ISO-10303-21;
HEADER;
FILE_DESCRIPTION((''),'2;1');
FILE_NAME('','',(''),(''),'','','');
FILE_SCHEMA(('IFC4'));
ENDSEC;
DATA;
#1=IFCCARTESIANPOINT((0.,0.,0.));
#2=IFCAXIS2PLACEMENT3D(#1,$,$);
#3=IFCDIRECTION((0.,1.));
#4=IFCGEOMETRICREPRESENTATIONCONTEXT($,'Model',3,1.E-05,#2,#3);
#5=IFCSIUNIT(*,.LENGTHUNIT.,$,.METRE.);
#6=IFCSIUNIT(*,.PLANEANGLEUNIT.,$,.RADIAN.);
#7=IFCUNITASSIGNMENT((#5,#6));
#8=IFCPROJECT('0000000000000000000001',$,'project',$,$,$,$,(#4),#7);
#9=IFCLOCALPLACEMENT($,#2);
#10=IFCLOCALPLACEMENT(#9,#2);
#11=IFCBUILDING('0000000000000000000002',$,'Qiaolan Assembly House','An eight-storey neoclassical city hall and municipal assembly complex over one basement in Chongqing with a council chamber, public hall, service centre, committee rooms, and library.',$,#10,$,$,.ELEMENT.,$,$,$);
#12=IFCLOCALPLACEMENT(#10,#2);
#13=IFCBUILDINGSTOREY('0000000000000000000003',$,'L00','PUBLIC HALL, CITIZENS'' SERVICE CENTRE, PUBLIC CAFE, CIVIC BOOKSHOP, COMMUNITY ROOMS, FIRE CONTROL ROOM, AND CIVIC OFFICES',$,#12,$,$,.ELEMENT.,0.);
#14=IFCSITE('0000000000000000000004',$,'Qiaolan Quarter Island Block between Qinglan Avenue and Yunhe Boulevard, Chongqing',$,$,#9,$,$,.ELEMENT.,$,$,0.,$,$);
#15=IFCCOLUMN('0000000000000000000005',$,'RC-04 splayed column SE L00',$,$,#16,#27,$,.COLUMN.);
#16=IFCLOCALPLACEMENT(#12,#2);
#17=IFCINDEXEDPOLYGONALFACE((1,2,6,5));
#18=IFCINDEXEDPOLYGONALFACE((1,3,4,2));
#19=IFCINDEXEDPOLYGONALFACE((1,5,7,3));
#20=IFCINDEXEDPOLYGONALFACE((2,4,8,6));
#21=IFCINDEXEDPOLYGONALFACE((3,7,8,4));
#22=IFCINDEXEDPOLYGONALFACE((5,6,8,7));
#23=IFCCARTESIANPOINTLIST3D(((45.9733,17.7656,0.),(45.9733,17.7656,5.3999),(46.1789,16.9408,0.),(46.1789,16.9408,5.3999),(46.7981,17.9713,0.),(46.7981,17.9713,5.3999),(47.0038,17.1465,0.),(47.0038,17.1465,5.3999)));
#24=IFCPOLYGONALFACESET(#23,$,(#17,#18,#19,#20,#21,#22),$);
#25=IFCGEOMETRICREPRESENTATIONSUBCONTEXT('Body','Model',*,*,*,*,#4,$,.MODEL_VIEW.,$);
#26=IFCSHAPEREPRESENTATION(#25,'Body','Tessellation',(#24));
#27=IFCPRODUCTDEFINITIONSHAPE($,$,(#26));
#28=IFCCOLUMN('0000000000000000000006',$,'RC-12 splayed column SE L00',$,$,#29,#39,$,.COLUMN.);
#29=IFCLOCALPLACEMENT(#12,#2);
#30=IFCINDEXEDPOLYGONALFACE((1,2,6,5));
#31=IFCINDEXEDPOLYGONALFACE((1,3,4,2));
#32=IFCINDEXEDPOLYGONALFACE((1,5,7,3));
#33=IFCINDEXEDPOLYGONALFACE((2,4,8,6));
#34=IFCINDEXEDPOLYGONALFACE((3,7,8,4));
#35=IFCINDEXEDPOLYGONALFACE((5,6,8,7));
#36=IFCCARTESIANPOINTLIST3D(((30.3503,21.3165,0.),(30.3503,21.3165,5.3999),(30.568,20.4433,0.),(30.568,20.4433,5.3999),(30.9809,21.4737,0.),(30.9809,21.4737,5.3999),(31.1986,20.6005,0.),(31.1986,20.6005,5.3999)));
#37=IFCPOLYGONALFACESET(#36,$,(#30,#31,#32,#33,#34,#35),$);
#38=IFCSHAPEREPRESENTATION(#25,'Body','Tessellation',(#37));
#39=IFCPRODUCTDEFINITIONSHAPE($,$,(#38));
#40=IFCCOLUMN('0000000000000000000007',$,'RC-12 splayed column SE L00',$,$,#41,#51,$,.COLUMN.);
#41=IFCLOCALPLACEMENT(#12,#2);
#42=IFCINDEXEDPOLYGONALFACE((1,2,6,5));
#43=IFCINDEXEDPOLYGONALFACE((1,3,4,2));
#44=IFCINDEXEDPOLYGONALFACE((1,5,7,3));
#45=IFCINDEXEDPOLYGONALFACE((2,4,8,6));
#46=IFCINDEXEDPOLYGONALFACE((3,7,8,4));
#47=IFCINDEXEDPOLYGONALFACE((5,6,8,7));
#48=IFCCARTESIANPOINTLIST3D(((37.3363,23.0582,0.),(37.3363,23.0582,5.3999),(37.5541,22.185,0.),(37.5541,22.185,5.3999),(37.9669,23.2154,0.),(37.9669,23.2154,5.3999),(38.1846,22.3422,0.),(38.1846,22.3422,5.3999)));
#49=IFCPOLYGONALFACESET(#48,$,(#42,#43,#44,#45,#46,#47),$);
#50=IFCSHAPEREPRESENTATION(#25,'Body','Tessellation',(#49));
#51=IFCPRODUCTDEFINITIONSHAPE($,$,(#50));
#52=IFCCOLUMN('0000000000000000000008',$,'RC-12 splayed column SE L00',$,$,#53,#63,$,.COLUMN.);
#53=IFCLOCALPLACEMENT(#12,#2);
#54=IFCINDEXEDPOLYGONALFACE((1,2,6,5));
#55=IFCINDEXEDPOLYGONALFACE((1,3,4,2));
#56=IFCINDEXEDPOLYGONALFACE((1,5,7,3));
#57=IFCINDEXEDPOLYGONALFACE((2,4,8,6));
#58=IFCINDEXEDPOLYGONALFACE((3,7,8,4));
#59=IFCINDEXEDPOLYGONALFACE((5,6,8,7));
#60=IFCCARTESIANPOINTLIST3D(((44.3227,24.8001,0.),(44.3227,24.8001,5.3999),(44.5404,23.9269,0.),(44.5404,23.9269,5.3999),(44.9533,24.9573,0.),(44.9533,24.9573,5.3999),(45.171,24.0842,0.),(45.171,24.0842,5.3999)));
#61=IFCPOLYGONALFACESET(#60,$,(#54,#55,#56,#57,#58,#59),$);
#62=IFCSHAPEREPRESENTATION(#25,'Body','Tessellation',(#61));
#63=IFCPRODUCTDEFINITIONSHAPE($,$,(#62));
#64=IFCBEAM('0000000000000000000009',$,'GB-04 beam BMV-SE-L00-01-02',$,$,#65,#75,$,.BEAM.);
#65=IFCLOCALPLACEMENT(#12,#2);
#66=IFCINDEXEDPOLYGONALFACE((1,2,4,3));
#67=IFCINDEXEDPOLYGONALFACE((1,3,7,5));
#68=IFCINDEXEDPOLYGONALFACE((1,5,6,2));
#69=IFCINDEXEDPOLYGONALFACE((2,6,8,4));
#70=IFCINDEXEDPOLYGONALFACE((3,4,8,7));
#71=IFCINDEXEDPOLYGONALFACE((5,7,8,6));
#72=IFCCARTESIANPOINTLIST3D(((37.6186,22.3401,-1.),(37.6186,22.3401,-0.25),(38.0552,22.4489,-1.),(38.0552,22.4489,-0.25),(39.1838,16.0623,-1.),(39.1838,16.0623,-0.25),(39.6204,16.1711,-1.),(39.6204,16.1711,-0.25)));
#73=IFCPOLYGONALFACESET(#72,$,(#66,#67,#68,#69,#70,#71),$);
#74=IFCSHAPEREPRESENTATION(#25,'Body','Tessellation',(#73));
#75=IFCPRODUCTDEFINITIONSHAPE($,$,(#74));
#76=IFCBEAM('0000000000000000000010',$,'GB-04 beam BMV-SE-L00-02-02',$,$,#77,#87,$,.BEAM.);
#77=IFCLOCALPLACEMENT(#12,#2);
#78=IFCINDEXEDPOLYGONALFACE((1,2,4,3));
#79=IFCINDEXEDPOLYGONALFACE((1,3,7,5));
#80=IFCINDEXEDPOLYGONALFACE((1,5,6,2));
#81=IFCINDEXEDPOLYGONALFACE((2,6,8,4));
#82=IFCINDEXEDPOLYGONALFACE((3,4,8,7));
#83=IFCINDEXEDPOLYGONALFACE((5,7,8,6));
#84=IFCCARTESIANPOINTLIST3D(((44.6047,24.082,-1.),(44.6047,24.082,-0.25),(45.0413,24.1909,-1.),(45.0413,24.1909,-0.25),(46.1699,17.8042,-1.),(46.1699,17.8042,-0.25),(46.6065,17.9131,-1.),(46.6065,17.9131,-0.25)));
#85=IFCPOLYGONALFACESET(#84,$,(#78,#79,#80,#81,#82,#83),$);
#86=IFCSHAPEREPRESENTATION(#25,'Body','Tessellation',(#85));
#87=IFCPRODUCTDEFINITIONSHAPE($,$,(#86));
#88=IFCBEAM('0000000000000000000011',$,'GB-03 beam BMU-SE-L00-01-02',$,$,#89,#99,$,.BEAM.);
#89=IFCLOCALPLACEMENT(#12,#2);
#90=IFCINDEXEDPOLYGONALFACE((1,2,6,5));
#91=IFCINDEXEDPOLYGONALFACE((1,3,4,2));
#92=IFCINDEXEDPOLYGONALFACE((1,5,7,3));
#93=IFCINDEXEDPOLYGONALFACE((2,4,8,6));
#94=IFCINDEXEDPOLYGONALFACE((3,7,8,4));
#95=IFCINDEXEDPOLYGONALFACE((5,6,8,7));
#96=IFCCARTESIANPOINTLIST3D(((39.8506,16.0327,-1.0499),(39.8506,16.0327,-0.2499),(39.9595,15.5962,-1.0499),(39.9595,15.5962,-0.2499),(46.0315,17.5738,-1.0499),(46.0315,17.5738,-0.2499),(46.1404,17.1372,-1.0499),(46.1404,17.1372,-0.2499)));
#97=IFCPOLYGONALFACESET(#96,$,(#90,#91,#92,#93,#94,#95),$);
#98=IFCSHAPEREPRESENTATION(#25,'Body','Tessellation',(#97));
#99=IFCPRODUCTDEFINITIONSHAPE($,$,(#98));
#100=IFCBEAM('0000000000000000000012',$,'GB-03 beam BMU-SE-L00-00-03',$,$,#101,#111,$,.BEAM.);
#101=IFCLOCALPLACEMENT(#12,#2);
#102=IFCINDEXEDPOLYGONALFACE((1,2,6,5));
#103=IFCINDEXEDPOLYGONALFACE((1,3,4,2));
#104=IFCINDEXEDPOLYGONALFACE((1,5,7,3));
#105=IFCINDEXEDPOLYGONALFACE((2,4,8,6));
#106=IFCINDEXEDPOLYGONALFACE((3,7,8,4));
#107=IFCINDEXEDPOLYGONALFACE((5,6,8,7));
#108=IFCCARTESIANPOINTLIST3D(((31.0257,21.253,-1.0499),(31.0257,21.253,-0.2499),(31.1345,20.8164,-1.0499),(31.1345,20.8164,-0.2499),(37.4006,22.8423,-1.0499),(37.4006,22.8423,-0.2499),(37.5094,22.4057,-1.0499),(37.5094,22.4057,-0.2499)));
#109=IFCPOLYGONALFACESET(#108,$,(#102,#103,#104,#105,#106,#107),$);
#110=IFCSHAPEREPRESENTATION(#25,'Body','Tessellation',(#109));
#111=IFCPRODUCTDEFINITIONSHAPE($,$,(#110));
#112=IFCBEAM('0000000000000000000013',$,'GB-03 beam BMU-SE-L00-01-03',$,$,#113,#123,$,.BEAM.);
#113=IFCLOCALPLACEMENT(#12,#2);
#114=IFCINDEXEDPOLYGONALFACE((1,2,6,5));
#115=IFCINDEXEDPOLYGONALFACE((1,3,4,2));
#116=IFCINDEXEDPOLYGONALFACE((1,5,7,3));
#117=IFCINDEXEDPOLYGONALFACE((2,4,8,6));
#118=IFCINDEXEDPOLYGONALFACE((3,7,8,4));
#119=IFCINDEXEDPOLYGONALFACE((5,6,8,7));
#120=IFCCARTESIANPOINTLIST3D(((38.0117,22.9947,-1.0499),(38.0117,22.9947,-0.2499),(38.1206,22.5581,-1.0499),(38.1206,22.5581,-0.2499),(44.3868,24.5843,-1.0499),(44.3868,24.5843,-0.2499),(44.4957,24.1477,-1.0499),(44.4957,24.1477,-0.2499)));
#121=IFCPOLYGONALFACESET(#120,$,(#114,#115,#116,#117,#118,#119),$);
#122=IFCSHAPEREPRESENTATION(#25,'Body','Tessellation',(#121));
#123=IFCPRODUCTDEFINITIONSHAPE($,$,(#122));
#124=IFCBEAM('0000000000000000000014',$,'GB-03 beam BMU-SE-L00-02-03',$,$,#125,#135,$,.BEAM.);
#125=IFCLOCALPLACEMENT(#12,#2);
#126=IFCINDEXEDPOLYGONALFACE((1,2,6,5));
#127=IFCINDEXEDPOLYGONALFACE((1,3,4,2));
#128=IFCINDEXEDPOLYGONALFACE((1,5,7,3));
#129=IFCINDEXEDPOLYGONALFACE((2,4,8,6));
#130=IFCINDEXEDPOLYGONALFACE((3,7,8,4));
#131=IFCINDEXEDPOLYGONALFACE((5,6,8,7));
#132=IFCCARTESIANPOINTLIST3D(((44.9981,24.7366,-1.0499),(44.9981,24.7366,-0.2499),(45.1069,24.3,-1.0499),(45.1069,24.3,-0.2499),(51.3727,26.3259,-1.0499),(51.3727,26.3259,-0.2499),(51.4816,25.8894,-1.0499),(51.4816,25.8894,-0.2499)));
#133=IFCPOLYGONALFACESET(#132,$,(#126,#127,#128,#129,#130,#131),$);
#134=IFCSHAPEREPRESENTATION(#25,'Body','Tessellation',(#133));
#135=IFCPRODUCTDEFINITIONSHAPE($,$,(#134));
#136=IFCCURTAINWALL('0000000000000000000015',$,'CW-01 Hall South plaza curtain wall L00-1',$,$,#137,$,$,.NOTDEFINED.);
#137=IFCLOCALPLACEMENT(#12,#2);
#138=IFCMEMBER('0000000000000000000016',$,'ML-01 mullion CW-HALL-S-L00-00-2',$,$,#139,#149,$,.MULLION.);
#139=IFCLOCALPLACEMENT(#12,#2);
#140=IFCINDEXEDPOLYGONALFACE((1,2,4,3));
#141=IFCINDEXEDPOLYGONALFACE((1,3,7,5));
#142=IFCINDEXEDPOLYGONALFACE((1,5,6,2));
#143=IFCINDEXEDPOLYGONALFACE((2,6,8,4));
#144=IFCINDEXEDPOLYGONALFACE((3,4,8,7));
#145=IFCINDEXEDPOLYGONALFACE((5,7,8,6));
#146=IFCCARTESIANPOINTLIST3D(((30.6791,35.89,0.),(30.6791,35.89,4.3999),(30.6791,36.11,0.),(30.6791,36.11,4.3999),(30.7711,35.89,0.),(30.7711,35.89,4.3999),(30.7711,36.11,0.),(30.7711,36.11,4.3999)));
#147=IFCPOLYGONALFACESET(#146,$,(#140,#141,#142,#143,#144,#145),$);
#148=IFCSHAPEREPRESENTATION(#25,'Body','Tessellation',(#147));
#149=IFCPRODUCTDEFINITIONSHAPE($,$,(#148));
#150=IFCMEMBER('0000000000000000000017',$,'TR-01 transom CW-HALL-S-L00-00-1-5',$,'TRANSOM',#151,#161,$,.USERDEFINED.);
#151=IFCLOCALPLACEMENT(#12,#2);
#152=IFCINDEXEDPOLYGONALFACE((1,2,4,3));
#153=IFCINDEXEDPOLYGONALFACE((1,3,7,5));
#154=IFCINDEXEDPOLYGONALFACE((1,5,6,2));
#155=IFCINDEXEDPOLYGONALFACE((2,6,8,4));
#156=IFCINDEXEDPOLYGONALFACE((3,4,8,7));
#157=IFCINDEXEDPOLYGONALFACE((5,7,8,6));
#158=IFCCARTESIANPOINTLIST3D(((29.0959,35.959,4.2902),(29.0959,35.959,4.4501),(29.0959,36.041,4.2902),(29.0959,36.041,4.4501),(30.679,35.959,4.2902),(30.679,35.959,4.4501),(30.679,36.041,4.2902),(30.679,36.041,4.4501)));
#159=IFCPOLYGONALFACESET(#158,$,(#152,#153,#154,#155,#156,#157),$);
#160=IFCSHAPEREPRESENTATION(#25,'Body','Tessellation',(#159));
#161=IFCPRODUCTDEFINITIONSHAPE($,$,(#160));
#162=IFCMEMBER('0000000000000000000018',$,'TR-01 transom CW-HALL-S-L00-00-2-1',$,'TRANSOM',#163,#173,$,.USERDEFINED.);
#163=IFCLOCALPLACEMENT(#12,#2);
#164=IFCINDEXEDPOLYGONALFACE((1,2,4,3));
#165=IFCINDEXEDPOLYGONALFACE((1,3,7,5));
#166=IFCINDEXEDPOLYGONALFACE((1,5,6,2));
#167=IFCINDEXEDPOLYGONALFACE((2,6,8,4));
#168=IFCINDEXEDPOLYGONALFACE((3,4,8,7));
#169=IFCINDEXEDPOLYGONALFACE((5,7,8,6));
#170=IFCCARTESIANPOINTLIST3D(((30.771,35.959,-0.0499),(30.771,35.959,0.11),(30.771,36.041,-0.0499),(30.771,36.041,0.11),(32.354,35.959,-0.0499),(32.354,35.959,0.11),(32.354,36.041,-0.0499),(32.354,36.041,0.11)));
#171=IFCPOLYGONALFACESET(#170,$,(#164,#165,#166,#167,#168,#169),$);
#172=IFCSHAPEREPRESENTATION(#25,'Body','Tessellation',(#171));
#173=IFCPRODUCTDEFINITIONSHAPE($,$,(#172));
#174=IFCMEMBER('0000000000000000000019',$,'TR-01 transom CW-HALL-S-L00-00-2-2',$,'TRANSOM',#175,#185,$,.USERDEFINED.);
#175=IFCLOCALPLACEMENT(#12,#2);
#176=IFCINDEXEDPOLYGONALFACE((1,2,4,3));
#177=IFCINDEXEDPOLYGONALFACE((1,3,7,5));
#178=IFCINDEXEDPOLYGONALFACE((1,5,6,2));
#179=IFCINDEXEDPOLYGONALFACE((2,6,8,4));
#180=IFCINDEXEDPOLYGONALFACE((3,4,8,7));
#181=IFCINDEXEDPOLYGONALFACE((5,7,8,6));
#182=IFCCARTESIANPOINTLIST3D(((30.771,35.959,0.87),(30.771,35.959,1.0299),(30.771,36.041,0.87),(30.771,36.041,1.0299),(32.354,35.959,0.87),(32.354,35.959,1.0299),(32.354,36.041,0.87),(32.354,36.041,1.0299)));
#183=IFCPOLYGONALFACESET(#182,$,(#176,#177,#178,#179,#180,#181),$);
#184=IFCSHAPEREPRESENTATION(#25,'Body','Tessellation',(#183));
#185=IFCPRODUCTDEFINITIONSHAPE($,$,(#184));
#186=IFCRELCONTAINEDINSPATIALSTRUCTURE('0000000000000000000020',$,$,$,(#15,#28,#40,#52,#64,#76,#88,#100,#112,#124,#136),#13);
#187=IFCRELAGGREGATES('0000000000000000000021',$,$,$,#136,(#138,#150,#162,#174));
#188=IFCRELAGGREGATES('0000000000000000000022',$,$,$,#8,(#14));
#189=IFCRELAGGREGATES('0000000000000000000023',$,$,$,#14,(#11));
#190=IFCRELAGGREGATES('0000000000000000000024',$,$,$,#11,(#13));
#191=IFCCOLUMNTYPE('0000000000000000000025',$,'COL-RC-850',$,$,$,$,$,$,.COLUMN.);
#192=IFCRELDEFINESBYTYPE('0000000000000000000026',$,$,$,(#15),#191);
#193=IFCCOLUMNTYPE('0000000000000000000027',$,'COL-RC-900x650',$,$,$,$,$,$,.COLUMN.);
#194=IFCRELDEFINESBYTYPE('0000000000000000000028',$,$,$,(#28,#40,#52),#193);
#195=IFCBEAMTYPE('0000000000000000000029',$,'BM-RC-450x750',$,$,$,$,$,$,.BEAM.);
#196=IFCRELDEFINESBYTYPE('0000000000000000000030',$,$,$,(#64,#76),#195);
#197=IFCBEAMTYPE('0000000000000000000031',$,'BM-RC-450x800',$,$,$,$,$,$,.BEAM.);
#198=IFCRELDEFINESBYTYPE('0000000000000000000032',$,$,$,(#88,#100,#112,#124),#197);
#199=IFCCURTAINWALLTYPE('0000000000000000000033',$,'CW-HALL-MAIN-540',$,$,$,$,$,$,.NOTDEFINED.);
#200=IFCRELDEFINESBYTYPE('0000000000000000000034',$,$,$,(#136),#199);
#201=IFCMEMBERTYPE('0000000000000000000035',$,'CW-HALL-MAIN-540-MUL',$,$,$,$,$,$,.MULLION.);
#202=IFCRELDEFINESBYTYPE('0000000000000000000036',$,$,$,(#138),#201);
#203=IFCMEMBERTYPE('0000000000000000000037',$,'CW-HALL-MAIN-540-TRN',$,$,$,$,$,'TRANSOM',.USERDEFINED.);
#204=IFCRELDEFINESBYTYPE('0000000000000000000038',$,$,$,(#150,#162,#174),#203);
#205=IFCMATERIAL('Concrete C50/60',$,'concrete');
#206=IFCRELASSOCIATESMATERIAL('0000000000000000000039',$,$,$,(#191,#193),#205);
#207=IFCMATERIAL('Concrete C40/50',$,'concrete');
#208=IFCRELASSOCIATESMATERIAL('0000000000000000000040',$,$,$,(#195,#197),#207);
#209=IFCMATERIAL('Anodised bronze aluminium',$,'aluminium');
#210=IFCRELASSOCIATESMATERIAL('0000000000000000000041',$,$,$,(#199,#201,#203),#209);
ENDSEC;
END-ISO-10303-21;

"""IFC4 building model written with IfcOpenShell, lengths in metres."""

from ifc_helpers import new_model, si_unit, direction, frame, origin, origin_2d, place, context, subcontext, project, spatial, rectangle, extrude, material, material_profile, profile_set, type_object, element, aggregate, save


model = new_model("IFC4")

# Units and contexts
model_context = context("Model", 3, precision=1e-05, world=origin(), true_north=direction((0.0, 1.0)))
body_context = subcontext(model_context, "Body", "Model", "MODEL_VIEW")
ifc_project = project(units=[si_unit("LENGTHUNIT", "METRE"), si_unit("PLANEANGLEUNIT", "RADIAN")], contexts=[model_context])

# Site, building, storey
site_placement = place(None, origin())
site = spatial("IfcSite", under=ifc_project, at=site_placement, Name="Qiaolan Quarter Island Block between Qinglan Avenue and Yunhe Boulevard, Chongqing", CompositionType="ELEMENT", RefElevation=0.0)
building_placement = place(site_placement, origin())
building = spatial("IfcBuilding", under=site, at=building_placement, Name="Qiaolan Assembly House", Description="An eight-storey neoclassical city hall and municipal assembly complex over one basement in Chongqing with a council chamber, public hall, service centre, committee rooms, and library.", CompositionType="ELEMENT")
storey_placement = place(building_placement, origin())
storey = spatial("IfcBuildingStorey", under=building, at=storey_placement, Name="L00", Description="PUBLIC HALL, CITIZENS' SERVICE CENTRE, PUBLIC CAFE, CIVIC BOOKSHOP, COMMUNITY ROOMS, FIRE CONTROL ROOM, AND CIVIC OFFICES", CompositionType="ELEMENT", Elevation=0.0)

# Columns
ifc_material_1 = material(Name="Concrete C50/60", Category="concrete")
ifc_material_profile_1 = material_profile(ifc_material_1, rectangle(XDim=0.8501, YDim=0.8501, at=origin_2d()), Name="RC 850x850")
ifc_profile_set_1 = profile_set([ifc_material_profile_1], Name="Concrete C50/60")
column_type_1 = type_object("IfcColumnType", Name="COL-RC-850", PredefinedType="COLUMN", material=ifc_profile_set_1)
column_placement = place(storey_placement, frame((46.4885, 17.4561, 0.0), z_axis=(0.0, 0.0, 1.0), x_axis=(0.970296, 0.241922, 0.0)))
element("IfcColumn", 1, at=column_placement, inside=storey, type_object=column_type_1, Name="RC-04 splayed column SE L00", PredefinedType="COLUMN", context=body_context, shape_type="SweptSolid", body=[
    extrude(rectangle(XDim=0.8501, YDim=0.8501, at=origin_2d()), origin(), (0.0, 0.0, 1.0), 5.3999),
])
ifc_material_profile_2 = material_profile(ifc_material_1, rectangle(XDim=0.6499, YDim=0.8999, at=origin_2d()), Name="RC 900x650")
ifc_profile_set_2 = profile_set([ifc_material_profile_2], Name="Concrete C50/60")
column_type_2 = type_object("IfcColumnType", Name="COL-RC-900x650", PredefinedType="COLUMN", material=ifc_profile_set_2)
for number, where, z_axis, x_axis, name in (
    (2, (30.7744, 20.9585, 0.0), (0.0, 0.0, 1.0), (0.970296, 0.241922, 0.0), "RC-12 splayed column SE L00"),
    (3, (37.7605, 22.7002, 0.0), (0.0, 0.0, 1.0), (0.970296, 0.241922, 0.0), "RC-12 splayed column SE L00"),
    (4, (44.7468, 24.4421, 0.0), (0.0, 0.0, 1.0), (0.970296, 0.241922, 0.0), "RC-12 splayed column SE L00"),
):
    element("IfcColumn", number, at=place(storey_placement, frame(where, z_axis=z_axis, x_axis=x_axis)), inside=storey, type_object=column_type_2, Name=name, PredefinedType="COLUMN", context=body_context, shape_type="SweptSolid", body=[
        extrude(rectangle(XDim=0.6499, YDim=0.8999, at=origin_2d()), origin(), (0.0, 0.0, 1.0), 5.3999),
    ])

# Beams
ifc_material_2 = material(Name="Concrete C40/50", Category="concrete")
ifc_material_profile_3 = material_profile(ifc_material_2, rectangle(XDim=0.45, YDim=0.75, at=origin_2d()), Name="RCB 450x750")
ifc_profile_set_3 = profile_set([ifc_material_profile_3], Name="Concrete C40/50")
beam_type_1 = type_object("IfcBeamType", Name="BM-RC-450x750", PredefinedType="BEAM", material=ifc_profile_set_3)
for number, where, z_axis, x_axis, name in (
    (5, (39.4021, 16.1167, -0.625), (-0.241914, 0.970298, 0.0), (-0.970298, -0.241914, 0.0), "GB-04 beam BMV-SE-L00-01-02"),
    (6, (46.3882, 17.8586, -0.625), (-0.241914, 0.970298, 0.0), (-0.970298, -0.241914, 0.0), "GB-04 beam BMV-SE-L00-02-02"),
):
    element("IfcBeam", number, at=place(storey_placement, frame(where, z_axis=z_axis, x_axis=x_axis)), inside=storey, type_object=beam_type_1, Name=name, PredefinedType="BEAM", context=body_context, shape_type="SweptSolid", body=[
        extrude(rectangle(XDim=0.45, YDim=0.75, at=origin_2d()), origin(), (0.0, 0.0, 1.0), 6.47),
    ])
ifc_material_profile_4 = material_profile(ifc_material_2, rectangle(XDim=0.45, YDim=0.8, at=origin_2d()), Name="RCB 450x800")
ifc_profile_set_4 = profile_set([ifc_material_profile_4], Name="Concrete C40/50")
beam_type_2 = type_object("IfcBeamType", Name="BM-RC-450x800", PredefinedType="BEAM", material=ifc_profile_set_4)
beam_1_placement = place(storey_placement, frame((39.905, 15.8145, -0.6499), z_axis=(0.970298, 0.241913, 0.0), x_axis=(-0.241913, 0.970298, 0.0)))
element("IfcBeam", 7, at=beam_1_placement, inside=storey, type_object=beam_type_2, Name="GB-03 beam BMU-SE-L00-01-02", PredefinedType="BEAM", context=body_context, shape_type="SweptSolid", body=[
    extrude(rectangle(XDim=0.45, YDim=0.8, at=origin_2d()), origin(), (0.0, 0.0, 1.0), 6.3701),
])
beam_2_placement = place(storey_placement, frame((31.0801, 21.0347, -0.6499), z_axis=(0.9703, 0.241906, 0.0), x_axis=(-0.241906, 0.9703, 0.0)))
element("IfcBeam", 8, at=beam_2_placement, inside=storey, type_object=beam_type_2, Name="GB-03 beam BMU-SE-L00-00-03", PredefinedType="BEAM", context=body_context, shape_type="SweptSolid", body=[
    extrude(rectangle(XDim=0.45, YDim=0.8, at=origin_2d()), origin(), (0.0, 0.0, 1.0), 6.5701),
])
beam_3_placement = place(storey_placement, frame((38.0662, 22.7764, -0.6499), z_axis=(0.970291, 0.241941, 0.0), x_axis=(-0.241941, 0.970291, 0.0)))
element("IfcBeam", 9, at=beam_3_placement, inside=storey, type_object=beam_type_2, Name="GB-03 beam BMU-SE-L00-01-03", PredefinedType="BEAM", context=body_context, shape_type="SweptSolid", body=[
    extrude(rectangle(XDim=0.45, YDim=0.8, at=origin_2d()), origin(), (0.0, 0.0, 1.0), 6.5703),
])
beam_4_placement = place(storey_placement, frame((45.0525, 24.5183, -0.6499), z_axis=(0.970298, 0.241915, 0.0), x_axis=(-0.241915, 0.970298, 0.0)))
element("IfcBeam", 10, at=beam_4_placement, inside=storey, type_object=beam_type_2, Name="GB-03 beam BMU-SE-L00-02-03", PredefinedType="BEAM", context=body_context, shape_type="SweptSolid", body=[
    extrude(rectangle(XDim=0.45, YDim=0.8, at=origin_2d()), origin(), (0.0, 0.0, 1.0), 6.5698),
])

# Curtain wall, members
ifc_material_3 = material(Name="Anodised bronze aluminium", Category="aluminium")
curtain_wall_type = type_object("IfcCurtainWallType", Name="CW-HALL-MAIN-540", PredefinedType="NOTDEFINED", material=ifc_material_3)
curtain_wall_placement = place(storey_placement, origin())
curtain_wall = element("IfcCurtainWall", 11, at=curtain_wall_placement, inside=storey, type_object=curtain_wall_type, Name="CW-01 Hall South plaza curtain wall L00-1", PredefinedType="NOTDEFINED")
ifc_material_profile_5 = material_profile(ifc_material_3, rectangle(XDim=0.092, YDim=0.22, at=origin_2d()), Name="MUL 92x220")
ifc_profile_set_5 = profile_set([ifc_material_profile_5], Name="Anodised bronze aluminium")
member_type_1 = type_object("IfcMemberType", Name="CW-HALL-MAIN-540-MUL", PredefinedType="MULLION", material=ifc_profile_set_5)
member_1_placement = place(storey_placement, frame((30.7251, 36.0, 0.0), z_axis=(0.0, 0.0, 1.0), x_axis=(1.0, 0.0, 0.0)))
member_1 = element("IfcMember", 12, at=member_1_placement, type_object=member_type_1, Name="ML-01 mullion CW-HALL-S-L00-00-2", PredefinedType="MULLION", context=body_context, shape_type="SweptSolid", body=[
    extrude(rectangle(XDim=0.092, YDim=0.22, at=origin_2d()), origin(), (0.0, 0.0, 1.0), 4.3999),
])
ifc_material_profile_6 = material_profile(ifc_material_3, rectangle(XDim=0.082, YDim=0.1599, at=origin_2d()), Name="TRN 82x160")
ifc_profile_set_6 = profile_set([ifc_material_profile_6], Name="Anodised bronze aluminium")
member_type_2 = type_object("IfcMemberType", Name="CW-HALL-MAIN-540-TRN", ElementType="TRANSOM", PredefinedType="USERDEFINED", material=ifc_profile_set_6)
member_2_placement = place(storey_placement, frame((29.0959, 36.0, 4.3701), z_axis=(1.0, 0.0, 0.0), x_axis=(0.0, 1.0, 0.0)))
member_2 = element("IfcMember", 13, at=member_2_placement, type_object=member_type_2, Name="TR-01 transom CW-HALL-S-L00-00-1-5", ObjectType="TRANSOM", PredefinedType="USERDEFINED", context=body_context, shape_type="SweptSolid", body=[
    extrude(rectangle(XDim=0.082, YDim=0.1599, at=origin_2d()), origin(), (0.0, 0.0, 1.0), 1.583),
])
member_3_placement = place(storey_placement, frame((30.771, 36.0, 0.03), z_axis=(1.0, 0.0, 0.0), x_axis=(0.0, 1.0, 0.0)))
member_3 = element("IfcMember", 14, at=member_3_placement, type_object=member_type_2, Name="TR-01 transom CW-HALL-S-L00-00-2-1", ObjectType="TRANSOM", PredefinedType="USERDEFINED", context=body_context, shape_type="SweptSolid", body=[
    extrude(rectangle(XDim=0.082, YDim=0.1599, at=origin_2d()), origin(), (0.0, 0.0, 1.0), 1.583),
])
member_4_placement = place(storey_placement, frame((30.771, 36.0, 0.95), z_axis=(1.0, 0.0, 0.0), x_axis=(0.0, 1.0, 0.0)))
member_4 = element("IfcMember", 15, at=member_4_placement, type_object=member_type_2, Name="TR-01 transom CW-HALL-S-L00-00-2-2", ObjectType="TRANSOM", PredefinedType="USERDEFINED", context=body_context, shape_type="SweptSolid", body=[
    extrude(rectangle(XDim=0.082, YDim=0.1599, at=origin_2d()), origin(), (0.0, 0.0, 1.0), 1.583),
])

aggregate(curtain_wall, [member_1, member_2, member_3, member_4])

save(model, "model.ifc")
